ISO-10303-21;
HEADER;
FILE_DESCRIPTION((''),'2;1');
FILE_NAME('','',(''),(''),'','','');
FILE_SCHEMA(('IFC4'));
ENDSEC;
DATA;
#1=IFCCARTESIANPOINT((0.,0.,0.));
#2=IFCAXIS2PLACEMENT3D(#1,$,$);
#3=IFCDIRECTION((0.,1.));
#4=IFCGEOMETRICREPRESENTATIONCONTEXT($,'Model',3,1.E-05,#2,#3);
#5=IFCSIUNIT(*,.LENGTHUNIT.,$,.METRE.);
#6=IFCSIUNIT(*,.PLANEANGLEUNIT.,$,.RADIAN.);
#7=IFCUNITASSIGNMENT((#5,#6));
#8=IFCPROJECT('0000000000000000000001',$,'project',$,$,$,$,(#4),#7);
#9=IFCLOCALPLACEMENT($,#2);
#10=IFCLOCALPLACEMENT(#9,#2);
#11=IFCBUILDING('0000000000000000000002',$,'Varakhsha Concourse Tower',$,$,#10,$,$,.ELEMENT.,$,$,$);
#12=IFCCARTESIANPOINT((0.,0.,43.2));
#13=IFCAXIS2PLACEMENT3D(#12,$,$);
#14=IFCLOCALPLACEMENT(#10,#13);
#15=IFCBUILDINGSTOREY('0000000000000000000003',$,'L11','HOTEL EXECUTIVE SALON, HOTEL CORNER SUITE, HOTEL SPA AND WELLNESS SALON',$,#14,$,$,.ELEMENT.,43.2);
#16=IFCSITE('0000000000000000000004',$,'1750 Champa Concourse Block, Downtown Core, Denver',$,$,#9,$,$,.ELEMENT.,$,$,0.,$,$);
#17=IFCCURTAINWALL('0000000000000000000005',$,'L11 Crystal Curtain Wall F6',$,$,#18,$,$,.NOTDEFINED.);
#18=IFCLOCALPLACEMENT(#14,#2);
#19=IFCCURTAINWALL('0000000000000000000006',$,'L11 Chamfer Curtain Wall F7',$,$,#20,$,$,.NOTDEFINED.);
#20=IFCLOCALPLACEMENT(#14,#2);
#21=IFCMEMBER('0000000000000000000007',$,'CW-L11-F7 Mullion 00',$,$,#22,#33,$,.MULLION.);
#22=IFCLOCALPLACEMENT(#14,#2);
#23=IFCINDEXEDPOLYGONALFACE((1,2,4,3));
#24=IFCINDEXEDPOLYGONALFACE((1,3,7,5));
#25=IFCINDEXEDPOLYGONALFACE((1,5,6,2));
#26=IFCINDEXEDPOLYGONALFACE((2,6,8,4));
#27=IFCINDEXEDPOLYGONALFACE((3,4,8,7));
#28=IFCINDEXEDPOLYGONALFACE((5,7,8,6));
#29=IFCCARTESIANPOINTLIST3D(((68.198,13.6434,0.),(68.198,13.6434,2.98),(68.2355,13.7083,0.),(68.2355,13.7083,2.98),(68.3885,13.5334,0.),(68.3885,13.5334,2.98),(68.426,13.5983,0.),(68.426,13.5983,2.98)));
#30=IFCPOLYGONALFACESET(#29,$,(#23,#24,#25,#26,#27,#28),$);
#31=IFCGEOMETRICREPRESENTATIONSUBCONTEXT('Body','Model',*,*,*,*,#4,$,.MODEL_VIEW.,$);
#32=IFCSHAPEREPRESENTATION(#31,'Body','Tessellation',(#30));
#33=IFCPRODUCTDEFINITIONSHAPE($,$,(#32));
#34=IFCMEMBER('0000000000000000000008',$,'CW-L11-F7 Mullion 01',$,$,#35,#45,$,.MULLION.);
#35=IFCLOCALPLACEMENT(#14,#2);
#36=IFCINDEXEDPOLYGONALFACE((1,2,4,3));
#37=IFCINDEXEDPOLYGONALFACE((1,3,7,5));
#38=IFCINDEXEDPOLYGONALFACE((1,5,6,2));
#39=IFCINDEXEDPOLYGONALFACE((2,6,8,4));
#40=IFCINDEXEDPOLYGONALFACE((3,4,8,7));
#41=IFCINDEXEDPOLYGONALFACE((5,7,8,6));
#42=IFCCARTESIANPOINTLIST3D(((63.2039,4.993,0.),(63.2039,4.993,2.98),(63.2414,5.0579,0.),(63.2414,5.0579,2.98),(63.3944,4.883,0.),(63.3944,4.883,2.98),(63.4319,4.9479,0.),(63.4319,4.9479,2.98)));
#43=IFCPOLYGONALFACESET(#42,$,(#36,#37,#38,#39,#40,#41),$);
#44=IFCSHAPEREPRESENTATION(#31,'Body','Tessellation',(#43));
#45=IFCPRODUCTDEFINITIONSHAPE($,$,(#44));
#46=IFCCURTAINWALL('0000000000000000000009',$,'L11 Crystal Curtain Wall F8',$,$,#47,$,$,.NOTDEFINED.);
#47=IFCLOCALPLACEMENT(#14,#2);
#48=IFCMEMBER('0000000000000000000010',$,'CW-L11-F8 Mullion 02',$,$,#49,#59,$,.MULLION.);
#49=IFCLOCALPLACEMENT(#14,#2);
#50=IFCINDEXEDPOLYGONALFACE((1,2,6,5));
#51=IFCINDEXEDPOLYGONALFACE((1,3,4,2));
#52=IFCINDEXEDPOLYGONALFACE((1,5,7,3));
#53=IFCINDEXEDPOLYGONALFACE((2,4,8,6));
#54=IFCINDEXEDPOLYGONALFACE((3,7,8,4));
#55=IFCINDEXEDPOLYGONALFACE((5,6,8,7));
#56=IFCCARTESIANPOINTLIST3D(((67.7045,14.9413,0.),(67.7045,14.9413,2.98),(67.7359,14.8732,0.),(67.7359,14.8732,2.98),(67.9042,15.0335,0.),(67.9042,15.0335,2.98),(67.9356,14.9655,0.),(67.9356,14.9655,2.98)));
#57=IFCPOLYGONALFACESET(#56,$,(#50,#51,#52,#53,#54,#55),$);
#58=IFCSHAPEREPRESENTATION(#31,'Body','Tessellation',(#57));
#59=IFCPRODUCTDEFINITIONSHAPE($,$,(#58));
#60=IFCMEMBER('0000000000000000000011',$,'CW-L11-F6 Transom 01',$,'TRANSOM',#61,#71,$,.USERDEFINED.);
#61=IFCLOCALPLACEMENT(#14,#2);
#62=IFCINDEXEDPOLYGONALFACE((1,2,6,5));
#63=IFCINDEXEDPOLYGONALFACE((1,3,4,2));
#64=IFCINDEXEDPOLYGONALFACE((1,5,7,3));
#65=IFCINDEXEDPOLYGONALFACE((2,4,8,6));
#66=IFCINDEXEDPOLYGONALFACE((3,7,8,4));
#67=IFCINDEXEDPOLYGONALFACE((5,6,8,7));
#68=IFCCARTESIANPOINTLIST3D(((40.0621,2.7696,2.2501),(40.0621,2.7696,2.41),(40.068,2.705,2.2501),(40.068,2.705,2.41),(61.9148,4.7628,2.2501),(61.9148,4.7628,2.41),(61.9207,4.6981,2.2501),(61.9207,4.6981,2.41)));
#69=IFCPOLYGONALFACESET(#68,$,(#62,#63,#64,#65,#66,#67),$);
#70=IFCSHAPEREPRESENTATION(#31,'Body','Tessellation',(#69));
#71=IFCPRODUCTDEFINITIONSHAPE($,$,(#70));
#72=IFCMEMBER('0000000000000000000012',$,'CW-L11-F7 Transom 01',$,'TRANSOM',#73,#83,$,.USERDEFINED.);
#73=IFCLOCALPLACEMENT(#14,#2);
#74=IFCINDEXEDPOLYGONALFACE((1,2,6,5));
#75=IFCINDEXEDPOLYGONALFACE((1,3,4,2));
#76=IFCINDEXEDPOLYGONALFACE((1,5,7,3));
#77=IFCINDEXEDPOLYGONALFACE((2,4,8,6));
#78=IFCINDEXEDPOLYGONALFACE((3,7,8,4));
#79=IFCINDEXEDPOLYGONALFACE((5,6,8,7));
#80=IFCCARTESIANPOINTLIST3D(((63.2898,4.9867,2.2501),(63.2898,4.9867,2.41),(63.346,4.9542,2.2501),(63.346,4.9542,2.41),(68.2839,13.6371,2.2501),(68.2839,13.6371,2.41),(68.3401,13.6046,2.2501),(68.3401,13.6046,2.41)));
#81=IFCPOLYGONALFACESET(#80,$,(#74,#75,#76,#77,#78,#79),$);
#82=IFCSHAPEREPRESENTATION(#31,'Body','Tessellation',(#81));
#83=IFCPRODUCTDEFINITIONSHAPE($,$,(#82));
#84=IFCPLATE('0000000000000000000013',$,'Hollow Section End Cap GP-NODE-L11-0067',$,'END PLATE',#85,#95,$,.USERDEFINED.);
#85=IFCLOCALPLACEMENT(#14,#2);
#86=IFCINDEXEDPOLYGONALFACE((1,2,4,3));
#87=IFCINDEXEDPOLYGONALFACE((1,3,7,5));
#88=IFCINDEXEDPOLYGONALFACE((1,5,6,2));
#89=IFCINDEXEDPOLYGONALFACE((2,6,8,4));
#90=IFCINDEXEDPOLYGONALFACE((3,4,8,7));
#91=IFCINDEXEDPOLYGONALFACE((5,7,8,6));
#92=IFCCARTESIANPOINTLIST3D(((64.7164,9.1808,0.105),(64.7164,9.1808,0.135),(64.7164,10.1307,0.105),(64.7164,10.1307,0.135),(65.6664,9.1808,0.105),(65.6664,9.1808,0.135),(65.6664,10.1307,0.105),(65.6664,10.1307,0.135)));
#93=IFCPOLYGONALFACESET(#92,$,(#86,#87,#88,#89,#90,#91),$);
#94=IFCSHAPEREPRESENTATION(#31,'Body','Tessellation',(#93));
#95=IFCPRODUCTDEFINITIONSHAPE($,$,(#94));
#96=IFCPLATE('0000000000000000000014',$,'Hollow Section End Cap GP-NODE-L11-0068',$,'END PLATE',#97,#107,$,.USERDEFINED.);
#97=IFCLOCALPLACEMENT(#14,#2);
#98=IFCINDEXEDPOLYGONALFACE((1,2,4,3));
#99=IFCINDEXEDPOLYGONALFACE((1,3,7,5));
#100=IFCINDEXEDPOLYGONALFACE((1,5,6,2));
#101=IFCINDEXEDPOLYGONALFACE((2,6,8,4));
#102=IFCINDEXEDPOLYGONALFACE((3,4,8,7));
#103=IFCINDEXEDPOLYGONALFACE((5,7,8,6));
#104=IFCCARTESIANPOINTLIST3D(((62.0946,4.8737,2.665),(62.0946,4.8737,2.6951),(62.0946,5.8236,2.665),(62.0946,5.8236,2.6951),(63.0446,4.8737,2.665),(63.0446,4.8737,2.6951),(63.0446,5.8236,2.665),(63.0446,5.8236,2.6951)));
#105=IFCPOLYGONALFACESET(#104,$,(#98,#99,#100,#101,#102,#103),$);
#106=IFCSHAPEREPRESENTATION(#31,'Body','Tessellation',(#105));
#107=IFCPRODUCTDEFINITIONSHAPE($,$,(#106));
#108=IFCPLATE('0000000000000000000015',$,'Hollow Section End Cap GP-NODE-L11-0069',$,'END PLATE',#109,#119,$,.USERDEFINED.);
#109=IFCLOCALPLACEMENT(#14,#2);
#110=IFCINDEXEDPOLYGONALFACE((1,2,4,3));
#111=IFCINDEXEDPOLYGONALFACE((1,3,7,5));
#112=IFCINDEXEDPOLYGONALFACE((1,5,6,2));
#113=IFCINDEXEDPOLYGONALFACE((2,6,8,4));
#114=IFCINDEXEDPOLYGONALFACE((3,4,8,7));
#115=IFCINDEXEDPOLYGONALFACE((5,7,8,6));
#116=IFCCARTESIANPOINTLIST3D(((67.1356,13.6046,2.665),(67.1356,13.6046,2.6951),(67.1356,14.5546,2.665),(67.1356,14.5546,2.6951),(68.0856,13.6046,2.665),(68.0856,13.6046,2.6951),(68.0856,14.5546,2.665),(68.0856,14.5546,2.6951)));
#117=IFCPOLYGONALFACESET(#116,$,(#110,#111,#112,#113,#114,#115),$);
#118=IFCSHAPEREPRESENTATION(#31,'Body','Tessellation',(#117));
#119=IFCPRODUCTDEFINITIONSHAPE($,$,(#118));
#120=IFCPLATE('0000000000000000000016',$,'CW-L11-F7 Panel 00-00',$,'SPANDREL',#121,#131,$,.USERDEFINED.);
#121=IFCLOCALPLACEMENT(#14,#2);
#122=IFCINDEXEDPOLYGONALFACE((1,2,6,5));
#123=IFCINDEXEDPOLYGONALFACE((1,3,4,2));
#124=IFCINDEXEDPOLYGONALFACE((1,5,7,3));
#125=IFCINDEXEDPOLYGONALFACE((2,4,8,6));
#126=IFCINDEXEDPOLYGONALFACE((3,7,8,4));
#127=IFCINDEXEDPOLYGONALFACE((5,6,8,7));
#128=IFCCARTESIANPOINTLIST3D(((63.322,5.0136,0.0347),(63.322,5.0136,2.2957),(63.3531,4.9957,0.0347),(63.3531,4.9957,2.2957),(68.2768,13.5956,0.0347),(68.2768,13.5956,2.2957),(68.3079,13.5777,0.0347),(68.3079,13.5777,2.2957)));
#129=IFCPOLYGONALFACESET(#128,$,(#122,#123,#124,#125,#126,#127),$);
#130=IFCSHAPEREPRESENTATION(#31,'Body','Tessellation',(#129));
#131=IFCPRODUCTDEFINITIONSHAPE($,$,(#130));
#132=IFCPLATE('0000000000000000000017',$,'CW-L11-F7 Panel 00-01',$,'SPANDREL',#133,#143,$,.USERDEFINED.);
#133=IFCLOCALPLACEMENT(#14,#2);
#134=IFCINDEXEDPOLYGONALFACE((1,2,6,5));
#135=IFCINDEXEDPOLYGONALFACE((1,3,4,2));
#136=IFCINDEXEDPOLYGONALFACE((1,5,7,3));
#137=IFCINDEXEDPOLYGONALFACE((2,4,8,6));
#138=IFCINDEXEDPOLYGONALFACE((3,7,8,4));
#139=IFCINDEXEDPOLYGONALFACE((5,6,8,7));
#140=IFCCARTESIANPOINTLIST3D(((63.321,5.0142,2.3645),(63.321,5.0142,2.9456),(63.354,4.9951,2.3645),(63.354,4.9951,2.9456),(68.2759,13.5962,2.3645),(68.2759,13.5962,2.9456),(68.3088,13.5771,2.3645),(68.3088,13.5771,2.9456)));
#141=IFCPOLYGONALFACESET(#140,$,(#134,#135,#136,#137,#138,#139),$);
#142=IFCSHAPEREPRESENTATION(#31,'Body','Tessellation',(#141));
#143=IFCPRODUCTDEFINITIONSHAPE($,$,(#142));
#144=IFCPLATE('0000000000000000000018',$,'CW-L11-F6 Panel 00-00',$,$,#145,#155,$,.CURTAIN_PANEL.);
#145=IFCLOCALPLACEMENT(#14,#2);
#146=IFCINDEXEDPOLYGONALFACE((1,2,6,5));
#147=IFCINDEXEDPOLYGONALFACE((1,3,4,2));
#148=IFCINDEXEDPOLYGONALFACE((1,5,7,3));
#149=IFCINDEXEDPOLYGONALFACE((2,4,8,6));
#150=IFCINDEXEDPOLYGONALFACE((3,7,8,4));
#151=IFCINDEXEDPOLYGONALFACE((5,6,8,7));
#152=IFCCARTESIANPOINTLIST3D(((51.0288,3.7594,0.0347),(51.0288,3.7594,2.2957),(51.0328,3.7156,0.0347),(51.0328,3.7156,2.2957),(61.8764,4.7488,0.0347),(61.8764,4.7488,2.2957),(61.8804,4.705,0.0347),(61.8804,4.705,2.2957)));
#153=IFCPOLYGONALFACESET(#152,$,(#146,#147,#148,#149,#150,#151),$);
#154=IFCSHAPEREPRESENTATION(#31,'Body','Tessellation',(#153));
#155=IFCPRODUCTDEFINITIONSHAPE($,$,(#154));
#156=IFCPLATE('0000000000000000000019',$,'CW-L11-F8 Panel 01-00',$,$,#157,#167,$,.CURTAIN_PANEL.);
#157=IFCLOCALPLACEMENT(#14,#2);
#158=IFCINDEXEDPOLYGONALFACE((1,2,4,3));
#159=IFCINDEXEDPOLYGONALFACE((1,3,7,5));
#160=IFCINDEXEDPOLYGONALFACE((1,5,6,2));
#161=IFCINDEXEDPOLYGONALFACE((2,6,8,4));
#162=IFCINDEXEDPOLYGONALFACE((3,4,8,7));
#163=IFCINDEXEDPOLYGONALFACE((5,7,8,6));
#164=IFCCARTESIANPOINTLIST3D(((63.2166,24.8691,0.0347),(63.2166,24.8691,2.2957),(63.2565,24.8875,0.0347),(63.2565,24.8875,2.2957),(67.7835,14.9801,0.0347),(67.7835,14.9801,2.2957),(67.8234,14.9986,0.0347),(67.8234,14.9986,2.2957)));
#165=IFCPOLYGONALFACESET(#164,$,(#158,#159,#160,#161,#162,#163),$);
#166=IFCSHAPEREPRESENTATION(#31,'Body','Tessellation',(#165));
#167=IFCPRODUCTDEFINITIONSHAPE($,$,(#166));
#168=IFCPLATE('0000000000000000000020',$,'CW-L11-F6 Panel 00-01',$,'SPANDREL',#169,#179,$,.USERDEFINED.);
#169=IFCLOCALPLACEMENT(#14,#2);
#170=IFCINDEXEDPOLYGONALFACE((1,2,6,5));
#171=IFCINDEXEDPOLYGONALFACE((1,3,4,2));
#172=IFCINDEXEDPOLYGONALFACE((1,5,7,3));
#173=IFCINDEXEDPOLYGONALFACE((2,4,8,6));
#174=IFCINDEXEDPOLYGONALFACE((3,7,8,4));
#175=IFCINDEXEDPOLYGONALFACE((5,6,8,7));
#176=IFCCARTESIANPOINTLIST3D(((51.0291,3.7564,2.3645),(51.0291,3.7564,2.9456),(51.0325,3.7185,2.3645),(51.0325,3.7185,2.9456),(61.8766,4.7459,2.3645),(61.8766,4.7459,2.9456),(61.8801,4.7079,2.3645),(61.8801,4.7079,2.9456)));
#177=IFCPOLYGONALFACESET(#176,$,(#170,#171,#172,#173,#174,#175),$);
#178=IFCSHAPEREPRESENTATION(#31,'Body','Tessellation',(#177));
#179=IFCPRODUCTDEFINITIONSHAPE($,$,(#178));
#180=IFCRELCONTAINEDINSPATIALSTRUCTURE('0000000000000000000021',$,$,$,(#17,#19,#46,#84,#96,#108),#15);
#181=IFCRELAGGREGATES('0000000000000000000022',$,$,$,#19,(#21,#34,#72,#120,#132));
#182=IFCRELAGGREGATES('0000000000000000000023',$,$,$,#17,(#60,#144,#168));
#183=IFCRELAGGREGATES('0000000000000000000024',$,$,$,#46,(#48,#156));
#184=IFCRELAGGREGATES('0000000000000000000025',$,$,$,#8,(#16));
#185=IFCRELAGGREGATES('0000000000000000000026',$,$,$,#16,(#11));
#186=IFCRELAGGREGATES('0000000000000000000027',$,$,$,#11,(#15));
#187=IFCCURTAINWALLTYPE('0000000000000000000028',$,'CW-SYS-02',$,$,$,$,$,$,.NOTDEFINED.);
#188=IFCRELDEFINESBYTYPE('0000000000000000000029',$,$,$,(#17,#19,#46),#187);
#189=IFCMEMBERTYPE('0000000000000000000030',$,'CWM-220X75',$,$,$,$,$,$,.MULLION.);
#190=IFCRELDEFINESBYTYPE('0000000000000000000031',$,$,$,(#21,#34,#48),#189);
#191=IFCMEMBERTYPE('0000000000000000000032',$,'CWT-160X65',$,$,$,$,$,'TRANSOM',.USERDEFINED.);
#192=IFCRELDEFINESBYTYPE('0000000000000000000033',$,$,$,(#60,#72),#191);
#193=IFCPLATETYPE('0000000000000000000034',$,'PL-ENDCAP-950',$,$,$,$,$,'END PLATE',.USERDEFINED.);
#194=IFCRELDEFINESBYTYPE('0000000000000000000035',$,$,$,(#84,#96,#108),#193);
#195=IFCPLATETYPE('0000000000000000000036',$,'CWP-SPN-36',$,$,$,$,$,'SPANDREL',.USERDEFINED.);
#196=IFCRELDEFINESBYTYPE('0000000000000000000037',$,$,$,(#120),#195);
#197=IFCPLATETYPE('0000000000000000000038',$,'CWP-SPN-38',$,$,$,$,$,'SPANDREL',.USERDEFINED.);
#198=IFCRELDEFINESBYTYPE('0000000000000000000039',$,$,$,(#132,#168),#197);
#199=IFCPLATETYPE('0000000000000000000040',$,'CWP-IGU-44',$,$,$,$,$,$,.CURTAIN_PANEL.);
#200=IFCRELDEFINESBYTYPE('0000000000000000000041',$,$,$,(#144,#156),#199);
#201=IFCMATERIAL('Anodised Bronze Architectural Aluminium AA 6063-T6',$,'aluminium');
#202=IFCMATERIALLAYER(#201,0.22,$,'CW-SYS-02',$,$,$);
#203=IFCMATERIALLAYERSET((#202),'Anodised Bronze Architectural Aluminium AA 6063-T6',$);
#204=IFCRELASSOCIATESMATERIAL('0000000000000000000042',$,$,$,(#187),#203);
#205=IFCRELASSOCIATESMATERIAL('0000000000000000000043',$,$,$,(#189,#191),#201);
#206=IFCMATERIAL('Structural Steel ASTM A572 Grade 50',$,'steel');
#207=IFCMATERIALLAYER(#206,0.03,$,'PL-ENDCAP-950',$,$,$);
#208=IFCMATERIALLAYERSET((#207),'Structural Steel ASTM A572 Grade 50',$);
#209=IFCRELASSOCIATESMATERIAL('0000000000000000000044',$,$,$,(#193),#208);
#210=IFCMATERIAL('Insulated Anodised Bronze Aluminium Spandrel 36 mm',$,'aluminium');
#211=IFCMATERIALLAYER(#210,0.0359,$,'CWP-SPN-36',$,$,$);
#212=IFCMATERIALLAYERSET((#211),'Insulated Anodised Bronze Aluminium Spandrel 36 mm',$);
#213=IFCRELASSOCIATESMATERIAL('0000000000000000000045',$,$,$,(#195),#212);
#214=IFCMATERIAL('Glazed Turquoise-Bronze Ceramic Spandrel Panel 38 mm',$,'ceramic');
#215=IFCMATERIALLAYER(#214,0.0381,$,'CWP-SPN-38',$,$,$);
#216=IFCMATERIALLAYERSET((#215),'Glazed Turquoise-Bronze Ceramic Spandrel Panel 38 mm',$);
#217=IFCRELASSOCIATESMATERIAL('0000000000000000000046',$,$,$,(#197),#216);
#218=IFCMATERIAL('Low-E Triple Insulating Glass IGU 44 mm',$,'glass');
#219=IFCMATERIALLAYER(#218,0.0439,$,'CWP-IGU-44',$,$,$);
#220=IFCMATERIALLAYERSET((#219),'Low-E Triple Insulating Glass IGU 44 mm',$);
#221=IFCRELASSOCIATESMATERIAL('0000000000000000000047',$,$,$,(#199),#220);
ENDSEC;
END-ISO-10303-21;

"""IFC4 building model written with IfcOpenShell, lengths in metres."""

from ifc_helpers import new_model, si_unit, direction, frame, origin, origin_2d, place, context, subcontext, project, spatial, rectangle, extrude, source, transform, mapped, material, layer, layer_set, material_profile, profile_set, type_object, type_shapes, element, aggregate, save


model = new_model("IFC4")

# Units and contexts
model_context = context("Model", 3, precision=1e-05, world=origin(), true_north=direction((0.0, 1.0)))
body_context = subcontext(model_context, "Body", "Model", "MODEL_VIEW")
ifc_project = project(units=[si_unit("LENGTHUNIT", "METRE"), si_unit("PLANEANGLEUNIT", "RADIAN")], contexts=[model_context])

# Site, building, storey
site_placement = place(None, origin())
site = spatial("IfcSite", under=ifc_project, at=site_placement, Name="1750 Champa Concourse Block, Downtown Core, Denver", CompositionType="ELEMENT", RefElevation=0.0)
building_placement = place(site_placement, origin())
building = spatial("IfcBuilding", under=site, at=building_placement, Name="Varakhsha Concourse Tower", CompositionType="ELEMENT")
storey_placement = place(building_placement, frame((0.0, 0.0, 43.2)))
storey = spatial("IfcBuildingStorey", under=building, at=storey_placement, Name="L11", Description="HOTEL EXECUTIVE SALON, HOTEL CORNER SUITE, HOTEL SPA AND WELLNESS SALON", CompositionType="ELEMENT", Elevation=43.2)

# Shared definitions
ifc_material_1 = material(Name="Structural Steel ASTM A572 Grade 50", Category="steel")

# Curtain wall
ifc_material_2 = material(Name="Anodised Bronze Architectural Aluminium AA 6063-T6", Category="aluminium")
ifc_layer_1 = layer(ifc_material_2, 0.22, Name="CW-SYS-02")
ifc_layer_set_1 = layer_set([ifc_layer_1], Name="Anodised Bronze Architectural Aluminium AA 6063-T6")
curtain_wall_type = type_object("IfcCurtainWallType", Name="CW-SYS-02", PredefinedType="NOTDEFINED", material=ifc_layer_set_1)
curtain_wall_1_placement = place(storey_placement, origin())
curtain_wall_1 = element("IfcCurtainWall", 1, at=curtain_wall_1_placement, inside=storey, type_object=curtain_wall_type, Name="L11 Crystal Curtain Wall F6", PredefinedType="NOTDEFINED")
ifc_material_profile_1 = material_profile(ifc_material_2, rectangle(XDim=0.075, YDim=0.22, at=origin_2d()), Name="CWM-220X75")
ifc_profile_set_1 = profile_set([ifc_material_profile_1], Name="Anodised Bronze Architectural Aluminium AA 6063-T6")
member_type_1 = type_object("IfcMemberType", Name="CWM-220X75", PredefinedType="MULLION", material=ifc_profile_set_1)
shared_shape_1 = source(origin(), body_context, "Body", "SweptSolid", [
    extrude(rectangle(XDim=0.075, YDim=0.22, at=origin_2d()), origin(), (0.0, 0.0, 1.0), 2.98),
])
type_shapes(member_type_1, [shared_shape_1])

# Curtain wall, members
curtain_wall_2_placement = place(storey_placement, origin())
curtain_wall_2 = element("IfcCurtainWall", 2, at=curtain_wall_2_placement, inside=storey, type_object=curtain_wall_type, Name="L11 Chamfer Curtain Wall F7", PredefinedType="NOTDEFINED")
member_1_placement = place(storey_placement, frame((68.312, 13.6208, 0.0), z_axis=(0.0, 0.0, 1.0), x_axis=(-0.499998, -0.866026, 0.0)))
member_1 = element("IfcMember", 3, at=member_1_placement, type_object=member_type_1, Name="CW-L11-F7 Mullion 00", PredefinedType="MULLION", context=body_context, shape_type="MappedRepresentation", body=[
    mapped(shared_shape_1, transform((0.0, 0.0, 0.0), scale=1.0)),
])
member_2_placement = place(storey_placement, frame((63.3179, 4.9705, 0.0), z_axis=(0.0, 0.0, 1.0), x_axis=(-0.499998, -0.866026, 0.0)))
member_2 = element("IfcMember", 4, at=member_2_placement, type_object=member_type_1, Name="CW-L11-F7 Mullion 01", PredefinedType="MULLION", context=body_context, shape_type="MappedRepresentation", body=[
    mapped(shared_shape_1, transform((0.0, 0.0, 0.0), scale=1.0)),
])

# Curtain wall, member
curtain_wall_3_placement = place(storey_placement, origin())
curtain_wall_3 = element("IfcCurtainWall", 5, at=curtain_wall_3_placement, inside=storey, type_object=curtain_wall_type, Name="L11 Crystal Curtain Wall F8", PredefinedType="NOTDEFINED")
member_3_placement = place(storey_placement, frame((67.8201, 14.9534, 0.0), z_axis=(0.0, 0.0, 1.0), x_axis=(0.41927, -0.907862, 0.0)))
member_3 = element("IfcMember", 6, at=member_3_placement, type_object=member_type_1, Name="CW-L11-F8 Mullion 02", PredefinedType="MULLION", context=body_context, shape_type="MappedRepresentation", body=[
    mapped(shared_shape_1, transform((0.0, 0.0, 0.0), scale=1.0)),
])

# Members
ifc_material_profile_2 = material_profile(ifc_material_2, rectangle(XDim=0.0649, YDim=0.1599, at=origin_2d()), Name="CWT-160X65")
ifc_profile_set_2 = profile_set([ifc_material_profile_2], Name="Anodised Bronze Architectural Aluminium AA 6063-T6")
member_type_2 = type_object("IfcMemberType", Name="CWT-160X65", ElementType="TRANSOM", PredefinedType="USERDEFINED", material=ifc_profile_set_2)
shared_shape_2 = source(origin(), body_context, "Body", "SweptSolid", [
    extrude(rectangle(XDim=0.0649, YDim=0.1599, at=origin_2d()), origin(), (0.0, 0.0, 1.0), 21.9434),
])
member_4_placement = place(storey_placement, frame((61.9177, 4.7305, 2.3301), z_axis=(-0.995866, -0.090833, 0.0), x_axis=(0.090833, -0.995866, 0.0)))
member_4 = element("IfcMember", 7, at=member_4_placement, type_object=member_type_2, Name="CW-L11-F6 Transom 01", ObjectType="TRANSOM", PredefinedType="USERDEFINED", context=body_context, shape_type="MappedRepresentation", body=[
    mapped(shared_shape_2, transform((0.0, 0.0, 0.0), scale=1.0)),
])
shared_shape_3 = source(origin(), body_context, "Body", "SweptSolid", [
    extrude(rectangle(XDim=0.0649, YDim=0.1599, at=origin_2d()), origin(), (0.0, 0.0, 1.0), 9.9885),
])
type_shapes(member_type_2, [shared_shape_2, shared_shape_3])
member_5_placement = place(storey_placement, frame((68.312, 13.6208, 2.3301), z_axis=(-0.499988, -0.866033, 0.0), x_axis=(0.866033, -0.499988, 0.0)))
member_5 = element("IfcMember", 8, at=member_5_placement, type_object=member_type_2, Name="CW-L11-F7 Transom 01", ObjectType="TRANSOM", PredefinedType="USERDEFINED", context=body_context, shape_type="MappedRepresentation", body=[
    mapped(shared_shape_3, transform((0.0, 0.0, 0.0), scale=1.0)),
])

# Plates
ifc_layer_2 = layer(ifc_material_1, 0.03, Name="PL-ENDCAP-950")
ifc_layer_set_2 = layer_set([ifc_layer_2], Name="Structural Steel ASTM A572 Grade 50")
plate_type_1 = type_object("IfcPlateType", Name="PL-ENDCAP-950", ElementType="END PLATE", PredefinedType="USERDEFINED", material=ifc_layer_set_2)
shared_shape_4 = source(origin(), body_context, "Body", "SweptSolid", [
    extrude(rectangle(XDim=0.95, YDim=0.95, at=origin_2d()), origin(), (0.0, 0.0, 1.0), 0.03),
])
type_shapes(plate_type_1, [shared_shape_4])
for number, where, z_axis, x_axis, name in (
    (9, (65.1914, 9.6558, 0.105), (0.0, 0.0, 1.0), (1.0, 0.0, 0.0), "Hollow Section End Cap GP-NODE-L11-0067"),
    (10, (62.5696, 5.3486, 2.665), (0.0, 0.0, 1.0), (1.0, 0.0, 0.0), "Hollow Section End Cap GP-NODE-L11-0068"),
    (11, (67.6106, 14.0796, 2.665), (0.0, 0.0, 1.0), (1.0, 0.0, 0.0), "Hollow Section End Cap GP-NODE-L11-0069"),
):
    element("IfcPlate", number, at=place(storey_placement, frame(where, z_axis=z_axis, x_axis=x_axis)), inside=storey, type_object=plate_type_1, Name=name, ObjectType="END PLATE", PredefinedType="USERDEFINED", context=body_context, shape_type="MappedRepresentation", body=[
        mapped(shared_shape_4, transform((0.0, 0.0, 0.0), scale=1.0)),
    ])

# Plates
ifc_material_3 = material(Name="Insulated Anodised Bronze Aluminium Spandrel 36 mm", Category="aluminium")
ifc_layer_3 = layer(ifc_material_3, 0.0359, Name="CWP-SPN-36")
ifc_layer_set_3 = layer_set([ifc_layer_3], Name="Insulated Anodised Bronze Aluminium Spandrel 36 mm")
plate_type_2 = type_object("IfcPlateType", Name="CWP-SPN-36", ElementType="SPANDREL", PredefinedType="USERDEFINED", material=ifc_layer_set_3)
shared_shape_5 = source(origin(), body_context, "Body", "SweptSolid", [
    extrude(rectangle(XDim=9.9097, YDim=0.0359, at=origin_2d()), origin(), (0.0, 0.0, 1.0), 2.261),
])
type_shapes(plate_type_2, [shared_shape_5])
plate_1_placement = place(storey_placement, frame((65.8149, 9.2957, 0.0347), z_axis=(0.0, 0.0, 1.0), x_axis=(-0.499998, -0.866026, 0.0)))
plate_1 = element("IfcPlate", 12, at=plate_1_placement, type_object=plate_type_2, Name="CW-L11-F7 Panel 00-00", ObjectType="SPANDREL", PredefinedType="USERDEFINED", context=body_context, shape_type="MappedRepresentation", body=[
    mapped(shared_shape_5, transform((0.0, 0.0, 0.0), scale=1.0)),
])
ifc_material_4 = material(Name="Glazed Turquoise-Bronze Ceramic Spandrel Panel 38 mm", Category="ceramic")
ifc_layer_4 = layer(ifc_material_4, 0.0381, Name="CWP-SPN-38")
ifc_layer_set_4 = layer_set([ifc_layer_4], Name="Glazed Turquoise-Bronze Ceramic Spandrel Panel 38 mm")
plate_type_3 = type_object("IfcPlateType", Name="CWP-SPN-38", ElementType="SPANDREL", PredefinedType="USERDEFINED", material=ifc_layer_set_4)
shared_shape_6 = source(origin(), body_context, "Body", "SweptSolid", [
    extrude(rectangle(XDim=9.9097, YDim=0.0381, at=origin_2d()), origin(), (0.0, 0.0, 1.0), 0.5811),
])
plate_2_placement = place(storey_placement, frame((65.8149, 9.2957, 2.3645), z_axis=(0.0, 0.0, 1.0), x_axis=(-0.499998, -0.866026, 0.0)))
plate_2 = element("IfcPlate", 13, at=plate_2_placement, type_object=plate_type_3, Name="CW-L11-F7 Panel 00-01", ObjectType="SPANDREL", PredefinedType="USERDEFINED", context=body_context, shape_type="MappedRepresentation", body=[
    mapped(shared_shape_6, transform((0.0, 0.0, 0.0), scale=1.0)),
])
aggregate(curtain_wall_2, [member_1, member_2, member_5, plate_1, plate_2])
ifc_material_5 = material(Name="Low-E Triple Insulating Glass IGU 44 mm", Category="glass")
ifc_layer_5 = layer(ifc_material_5, 0.0439, Name="CWP-IGU-44")
ifc_layer_set_5 = layer_set([ifc_layer_5], Name="Low-E Triple Insulating Glass IGU 44 mm")
plate_type_4 = type_object("IfcPlateType", Name="CWP-IGU-44", PredefinedType="CURTAIN_PANEL", material=ifc_layer_set_5)
shared_shape_7 = source(origin(), body_context, "Body", "SweptSolid", [
    extrude(rectangle(XDim=10.8926, YDim=0.0439, at=origin_2d()), origin(), (0.0, 0.0, 1.0), 2.261),
])
type_shapes(plate_type_4, [shared_shape_7])
plate_3_placement = place(storey_placement, frame((56.4546, 4.2322, 0.0347), z_axis=(0.0, 0.0, 1.0), x_axis=(-0.995866, -0.090834, 0.0)))
plate_3 = element("IfcPlate", 14, at=plate_3_placement, type_object=plate_type_4, Name="CW-L11-F6 Panel 00-00", PredefinedType="CURTAIN_PANEL", context=body_context, shape_type="MappedRepresentation", body=[
    mapped(shared_shape_7, transform((0.0, 0.0, 0.0), scale=1.0)),
])
plate_4_placement = place(storey_placement, frame((65.52, 19.9338, 0.0347), z_axis=(0.0, 0.0, 1.0), x_axis=(0.41927, -0.907862, 0.0)))
plate_4 = element("IfcPlate", 15, at=plate_4_placement, type_object=plate_type_4, Name="CW-L11-F8 Panel 01-00", PredefinedType="CURTAIN_PANEL", context=body_context, shape_type="MappedRepresentation", body=[
    mapped(shared_shape_7, transform((0.0, 0.0, 0.0), scale=1.0)),
])
shared_shape_8 = source(origin(), body_context, "Body", "SweptSolid", [
    extrude(rectangle(XDim=10.8926, YDim=0.0381, at=origin_2d()), origin(), (0.0, 0.0, 1.0), 0.5811),
])
type_shapes(plate_type_3, [shared_shape_6, shared_shape_8])
plate_5_placement = place(storey_placement, frame((56.4546, 4.2322, 2.3645), z_axis=(0.0, 0.0, 1.0), x_axis=(-0.995866, -0.090834, 0.0)))
plate_5 = element("IfcPlate", 16, at=plate_5_placement, type_object=plate_type_3, Name="CW-L11-F6 Panel 00-01", ObjectType="SPANDREL", PredefinedType="USERDEFINED", context=body_context, shape_type="MappedRepresentation", body=[
    mapped(shared_shape_8, transform((0.0, 0.0, 0.0), scale=1.0)),
])
aggregate(curtain_wall_1, [member_4, plate_3, plate_5])
aggregate(curtain_wall_3, [member_3, plate_4])

save(model, "model.ifc")
